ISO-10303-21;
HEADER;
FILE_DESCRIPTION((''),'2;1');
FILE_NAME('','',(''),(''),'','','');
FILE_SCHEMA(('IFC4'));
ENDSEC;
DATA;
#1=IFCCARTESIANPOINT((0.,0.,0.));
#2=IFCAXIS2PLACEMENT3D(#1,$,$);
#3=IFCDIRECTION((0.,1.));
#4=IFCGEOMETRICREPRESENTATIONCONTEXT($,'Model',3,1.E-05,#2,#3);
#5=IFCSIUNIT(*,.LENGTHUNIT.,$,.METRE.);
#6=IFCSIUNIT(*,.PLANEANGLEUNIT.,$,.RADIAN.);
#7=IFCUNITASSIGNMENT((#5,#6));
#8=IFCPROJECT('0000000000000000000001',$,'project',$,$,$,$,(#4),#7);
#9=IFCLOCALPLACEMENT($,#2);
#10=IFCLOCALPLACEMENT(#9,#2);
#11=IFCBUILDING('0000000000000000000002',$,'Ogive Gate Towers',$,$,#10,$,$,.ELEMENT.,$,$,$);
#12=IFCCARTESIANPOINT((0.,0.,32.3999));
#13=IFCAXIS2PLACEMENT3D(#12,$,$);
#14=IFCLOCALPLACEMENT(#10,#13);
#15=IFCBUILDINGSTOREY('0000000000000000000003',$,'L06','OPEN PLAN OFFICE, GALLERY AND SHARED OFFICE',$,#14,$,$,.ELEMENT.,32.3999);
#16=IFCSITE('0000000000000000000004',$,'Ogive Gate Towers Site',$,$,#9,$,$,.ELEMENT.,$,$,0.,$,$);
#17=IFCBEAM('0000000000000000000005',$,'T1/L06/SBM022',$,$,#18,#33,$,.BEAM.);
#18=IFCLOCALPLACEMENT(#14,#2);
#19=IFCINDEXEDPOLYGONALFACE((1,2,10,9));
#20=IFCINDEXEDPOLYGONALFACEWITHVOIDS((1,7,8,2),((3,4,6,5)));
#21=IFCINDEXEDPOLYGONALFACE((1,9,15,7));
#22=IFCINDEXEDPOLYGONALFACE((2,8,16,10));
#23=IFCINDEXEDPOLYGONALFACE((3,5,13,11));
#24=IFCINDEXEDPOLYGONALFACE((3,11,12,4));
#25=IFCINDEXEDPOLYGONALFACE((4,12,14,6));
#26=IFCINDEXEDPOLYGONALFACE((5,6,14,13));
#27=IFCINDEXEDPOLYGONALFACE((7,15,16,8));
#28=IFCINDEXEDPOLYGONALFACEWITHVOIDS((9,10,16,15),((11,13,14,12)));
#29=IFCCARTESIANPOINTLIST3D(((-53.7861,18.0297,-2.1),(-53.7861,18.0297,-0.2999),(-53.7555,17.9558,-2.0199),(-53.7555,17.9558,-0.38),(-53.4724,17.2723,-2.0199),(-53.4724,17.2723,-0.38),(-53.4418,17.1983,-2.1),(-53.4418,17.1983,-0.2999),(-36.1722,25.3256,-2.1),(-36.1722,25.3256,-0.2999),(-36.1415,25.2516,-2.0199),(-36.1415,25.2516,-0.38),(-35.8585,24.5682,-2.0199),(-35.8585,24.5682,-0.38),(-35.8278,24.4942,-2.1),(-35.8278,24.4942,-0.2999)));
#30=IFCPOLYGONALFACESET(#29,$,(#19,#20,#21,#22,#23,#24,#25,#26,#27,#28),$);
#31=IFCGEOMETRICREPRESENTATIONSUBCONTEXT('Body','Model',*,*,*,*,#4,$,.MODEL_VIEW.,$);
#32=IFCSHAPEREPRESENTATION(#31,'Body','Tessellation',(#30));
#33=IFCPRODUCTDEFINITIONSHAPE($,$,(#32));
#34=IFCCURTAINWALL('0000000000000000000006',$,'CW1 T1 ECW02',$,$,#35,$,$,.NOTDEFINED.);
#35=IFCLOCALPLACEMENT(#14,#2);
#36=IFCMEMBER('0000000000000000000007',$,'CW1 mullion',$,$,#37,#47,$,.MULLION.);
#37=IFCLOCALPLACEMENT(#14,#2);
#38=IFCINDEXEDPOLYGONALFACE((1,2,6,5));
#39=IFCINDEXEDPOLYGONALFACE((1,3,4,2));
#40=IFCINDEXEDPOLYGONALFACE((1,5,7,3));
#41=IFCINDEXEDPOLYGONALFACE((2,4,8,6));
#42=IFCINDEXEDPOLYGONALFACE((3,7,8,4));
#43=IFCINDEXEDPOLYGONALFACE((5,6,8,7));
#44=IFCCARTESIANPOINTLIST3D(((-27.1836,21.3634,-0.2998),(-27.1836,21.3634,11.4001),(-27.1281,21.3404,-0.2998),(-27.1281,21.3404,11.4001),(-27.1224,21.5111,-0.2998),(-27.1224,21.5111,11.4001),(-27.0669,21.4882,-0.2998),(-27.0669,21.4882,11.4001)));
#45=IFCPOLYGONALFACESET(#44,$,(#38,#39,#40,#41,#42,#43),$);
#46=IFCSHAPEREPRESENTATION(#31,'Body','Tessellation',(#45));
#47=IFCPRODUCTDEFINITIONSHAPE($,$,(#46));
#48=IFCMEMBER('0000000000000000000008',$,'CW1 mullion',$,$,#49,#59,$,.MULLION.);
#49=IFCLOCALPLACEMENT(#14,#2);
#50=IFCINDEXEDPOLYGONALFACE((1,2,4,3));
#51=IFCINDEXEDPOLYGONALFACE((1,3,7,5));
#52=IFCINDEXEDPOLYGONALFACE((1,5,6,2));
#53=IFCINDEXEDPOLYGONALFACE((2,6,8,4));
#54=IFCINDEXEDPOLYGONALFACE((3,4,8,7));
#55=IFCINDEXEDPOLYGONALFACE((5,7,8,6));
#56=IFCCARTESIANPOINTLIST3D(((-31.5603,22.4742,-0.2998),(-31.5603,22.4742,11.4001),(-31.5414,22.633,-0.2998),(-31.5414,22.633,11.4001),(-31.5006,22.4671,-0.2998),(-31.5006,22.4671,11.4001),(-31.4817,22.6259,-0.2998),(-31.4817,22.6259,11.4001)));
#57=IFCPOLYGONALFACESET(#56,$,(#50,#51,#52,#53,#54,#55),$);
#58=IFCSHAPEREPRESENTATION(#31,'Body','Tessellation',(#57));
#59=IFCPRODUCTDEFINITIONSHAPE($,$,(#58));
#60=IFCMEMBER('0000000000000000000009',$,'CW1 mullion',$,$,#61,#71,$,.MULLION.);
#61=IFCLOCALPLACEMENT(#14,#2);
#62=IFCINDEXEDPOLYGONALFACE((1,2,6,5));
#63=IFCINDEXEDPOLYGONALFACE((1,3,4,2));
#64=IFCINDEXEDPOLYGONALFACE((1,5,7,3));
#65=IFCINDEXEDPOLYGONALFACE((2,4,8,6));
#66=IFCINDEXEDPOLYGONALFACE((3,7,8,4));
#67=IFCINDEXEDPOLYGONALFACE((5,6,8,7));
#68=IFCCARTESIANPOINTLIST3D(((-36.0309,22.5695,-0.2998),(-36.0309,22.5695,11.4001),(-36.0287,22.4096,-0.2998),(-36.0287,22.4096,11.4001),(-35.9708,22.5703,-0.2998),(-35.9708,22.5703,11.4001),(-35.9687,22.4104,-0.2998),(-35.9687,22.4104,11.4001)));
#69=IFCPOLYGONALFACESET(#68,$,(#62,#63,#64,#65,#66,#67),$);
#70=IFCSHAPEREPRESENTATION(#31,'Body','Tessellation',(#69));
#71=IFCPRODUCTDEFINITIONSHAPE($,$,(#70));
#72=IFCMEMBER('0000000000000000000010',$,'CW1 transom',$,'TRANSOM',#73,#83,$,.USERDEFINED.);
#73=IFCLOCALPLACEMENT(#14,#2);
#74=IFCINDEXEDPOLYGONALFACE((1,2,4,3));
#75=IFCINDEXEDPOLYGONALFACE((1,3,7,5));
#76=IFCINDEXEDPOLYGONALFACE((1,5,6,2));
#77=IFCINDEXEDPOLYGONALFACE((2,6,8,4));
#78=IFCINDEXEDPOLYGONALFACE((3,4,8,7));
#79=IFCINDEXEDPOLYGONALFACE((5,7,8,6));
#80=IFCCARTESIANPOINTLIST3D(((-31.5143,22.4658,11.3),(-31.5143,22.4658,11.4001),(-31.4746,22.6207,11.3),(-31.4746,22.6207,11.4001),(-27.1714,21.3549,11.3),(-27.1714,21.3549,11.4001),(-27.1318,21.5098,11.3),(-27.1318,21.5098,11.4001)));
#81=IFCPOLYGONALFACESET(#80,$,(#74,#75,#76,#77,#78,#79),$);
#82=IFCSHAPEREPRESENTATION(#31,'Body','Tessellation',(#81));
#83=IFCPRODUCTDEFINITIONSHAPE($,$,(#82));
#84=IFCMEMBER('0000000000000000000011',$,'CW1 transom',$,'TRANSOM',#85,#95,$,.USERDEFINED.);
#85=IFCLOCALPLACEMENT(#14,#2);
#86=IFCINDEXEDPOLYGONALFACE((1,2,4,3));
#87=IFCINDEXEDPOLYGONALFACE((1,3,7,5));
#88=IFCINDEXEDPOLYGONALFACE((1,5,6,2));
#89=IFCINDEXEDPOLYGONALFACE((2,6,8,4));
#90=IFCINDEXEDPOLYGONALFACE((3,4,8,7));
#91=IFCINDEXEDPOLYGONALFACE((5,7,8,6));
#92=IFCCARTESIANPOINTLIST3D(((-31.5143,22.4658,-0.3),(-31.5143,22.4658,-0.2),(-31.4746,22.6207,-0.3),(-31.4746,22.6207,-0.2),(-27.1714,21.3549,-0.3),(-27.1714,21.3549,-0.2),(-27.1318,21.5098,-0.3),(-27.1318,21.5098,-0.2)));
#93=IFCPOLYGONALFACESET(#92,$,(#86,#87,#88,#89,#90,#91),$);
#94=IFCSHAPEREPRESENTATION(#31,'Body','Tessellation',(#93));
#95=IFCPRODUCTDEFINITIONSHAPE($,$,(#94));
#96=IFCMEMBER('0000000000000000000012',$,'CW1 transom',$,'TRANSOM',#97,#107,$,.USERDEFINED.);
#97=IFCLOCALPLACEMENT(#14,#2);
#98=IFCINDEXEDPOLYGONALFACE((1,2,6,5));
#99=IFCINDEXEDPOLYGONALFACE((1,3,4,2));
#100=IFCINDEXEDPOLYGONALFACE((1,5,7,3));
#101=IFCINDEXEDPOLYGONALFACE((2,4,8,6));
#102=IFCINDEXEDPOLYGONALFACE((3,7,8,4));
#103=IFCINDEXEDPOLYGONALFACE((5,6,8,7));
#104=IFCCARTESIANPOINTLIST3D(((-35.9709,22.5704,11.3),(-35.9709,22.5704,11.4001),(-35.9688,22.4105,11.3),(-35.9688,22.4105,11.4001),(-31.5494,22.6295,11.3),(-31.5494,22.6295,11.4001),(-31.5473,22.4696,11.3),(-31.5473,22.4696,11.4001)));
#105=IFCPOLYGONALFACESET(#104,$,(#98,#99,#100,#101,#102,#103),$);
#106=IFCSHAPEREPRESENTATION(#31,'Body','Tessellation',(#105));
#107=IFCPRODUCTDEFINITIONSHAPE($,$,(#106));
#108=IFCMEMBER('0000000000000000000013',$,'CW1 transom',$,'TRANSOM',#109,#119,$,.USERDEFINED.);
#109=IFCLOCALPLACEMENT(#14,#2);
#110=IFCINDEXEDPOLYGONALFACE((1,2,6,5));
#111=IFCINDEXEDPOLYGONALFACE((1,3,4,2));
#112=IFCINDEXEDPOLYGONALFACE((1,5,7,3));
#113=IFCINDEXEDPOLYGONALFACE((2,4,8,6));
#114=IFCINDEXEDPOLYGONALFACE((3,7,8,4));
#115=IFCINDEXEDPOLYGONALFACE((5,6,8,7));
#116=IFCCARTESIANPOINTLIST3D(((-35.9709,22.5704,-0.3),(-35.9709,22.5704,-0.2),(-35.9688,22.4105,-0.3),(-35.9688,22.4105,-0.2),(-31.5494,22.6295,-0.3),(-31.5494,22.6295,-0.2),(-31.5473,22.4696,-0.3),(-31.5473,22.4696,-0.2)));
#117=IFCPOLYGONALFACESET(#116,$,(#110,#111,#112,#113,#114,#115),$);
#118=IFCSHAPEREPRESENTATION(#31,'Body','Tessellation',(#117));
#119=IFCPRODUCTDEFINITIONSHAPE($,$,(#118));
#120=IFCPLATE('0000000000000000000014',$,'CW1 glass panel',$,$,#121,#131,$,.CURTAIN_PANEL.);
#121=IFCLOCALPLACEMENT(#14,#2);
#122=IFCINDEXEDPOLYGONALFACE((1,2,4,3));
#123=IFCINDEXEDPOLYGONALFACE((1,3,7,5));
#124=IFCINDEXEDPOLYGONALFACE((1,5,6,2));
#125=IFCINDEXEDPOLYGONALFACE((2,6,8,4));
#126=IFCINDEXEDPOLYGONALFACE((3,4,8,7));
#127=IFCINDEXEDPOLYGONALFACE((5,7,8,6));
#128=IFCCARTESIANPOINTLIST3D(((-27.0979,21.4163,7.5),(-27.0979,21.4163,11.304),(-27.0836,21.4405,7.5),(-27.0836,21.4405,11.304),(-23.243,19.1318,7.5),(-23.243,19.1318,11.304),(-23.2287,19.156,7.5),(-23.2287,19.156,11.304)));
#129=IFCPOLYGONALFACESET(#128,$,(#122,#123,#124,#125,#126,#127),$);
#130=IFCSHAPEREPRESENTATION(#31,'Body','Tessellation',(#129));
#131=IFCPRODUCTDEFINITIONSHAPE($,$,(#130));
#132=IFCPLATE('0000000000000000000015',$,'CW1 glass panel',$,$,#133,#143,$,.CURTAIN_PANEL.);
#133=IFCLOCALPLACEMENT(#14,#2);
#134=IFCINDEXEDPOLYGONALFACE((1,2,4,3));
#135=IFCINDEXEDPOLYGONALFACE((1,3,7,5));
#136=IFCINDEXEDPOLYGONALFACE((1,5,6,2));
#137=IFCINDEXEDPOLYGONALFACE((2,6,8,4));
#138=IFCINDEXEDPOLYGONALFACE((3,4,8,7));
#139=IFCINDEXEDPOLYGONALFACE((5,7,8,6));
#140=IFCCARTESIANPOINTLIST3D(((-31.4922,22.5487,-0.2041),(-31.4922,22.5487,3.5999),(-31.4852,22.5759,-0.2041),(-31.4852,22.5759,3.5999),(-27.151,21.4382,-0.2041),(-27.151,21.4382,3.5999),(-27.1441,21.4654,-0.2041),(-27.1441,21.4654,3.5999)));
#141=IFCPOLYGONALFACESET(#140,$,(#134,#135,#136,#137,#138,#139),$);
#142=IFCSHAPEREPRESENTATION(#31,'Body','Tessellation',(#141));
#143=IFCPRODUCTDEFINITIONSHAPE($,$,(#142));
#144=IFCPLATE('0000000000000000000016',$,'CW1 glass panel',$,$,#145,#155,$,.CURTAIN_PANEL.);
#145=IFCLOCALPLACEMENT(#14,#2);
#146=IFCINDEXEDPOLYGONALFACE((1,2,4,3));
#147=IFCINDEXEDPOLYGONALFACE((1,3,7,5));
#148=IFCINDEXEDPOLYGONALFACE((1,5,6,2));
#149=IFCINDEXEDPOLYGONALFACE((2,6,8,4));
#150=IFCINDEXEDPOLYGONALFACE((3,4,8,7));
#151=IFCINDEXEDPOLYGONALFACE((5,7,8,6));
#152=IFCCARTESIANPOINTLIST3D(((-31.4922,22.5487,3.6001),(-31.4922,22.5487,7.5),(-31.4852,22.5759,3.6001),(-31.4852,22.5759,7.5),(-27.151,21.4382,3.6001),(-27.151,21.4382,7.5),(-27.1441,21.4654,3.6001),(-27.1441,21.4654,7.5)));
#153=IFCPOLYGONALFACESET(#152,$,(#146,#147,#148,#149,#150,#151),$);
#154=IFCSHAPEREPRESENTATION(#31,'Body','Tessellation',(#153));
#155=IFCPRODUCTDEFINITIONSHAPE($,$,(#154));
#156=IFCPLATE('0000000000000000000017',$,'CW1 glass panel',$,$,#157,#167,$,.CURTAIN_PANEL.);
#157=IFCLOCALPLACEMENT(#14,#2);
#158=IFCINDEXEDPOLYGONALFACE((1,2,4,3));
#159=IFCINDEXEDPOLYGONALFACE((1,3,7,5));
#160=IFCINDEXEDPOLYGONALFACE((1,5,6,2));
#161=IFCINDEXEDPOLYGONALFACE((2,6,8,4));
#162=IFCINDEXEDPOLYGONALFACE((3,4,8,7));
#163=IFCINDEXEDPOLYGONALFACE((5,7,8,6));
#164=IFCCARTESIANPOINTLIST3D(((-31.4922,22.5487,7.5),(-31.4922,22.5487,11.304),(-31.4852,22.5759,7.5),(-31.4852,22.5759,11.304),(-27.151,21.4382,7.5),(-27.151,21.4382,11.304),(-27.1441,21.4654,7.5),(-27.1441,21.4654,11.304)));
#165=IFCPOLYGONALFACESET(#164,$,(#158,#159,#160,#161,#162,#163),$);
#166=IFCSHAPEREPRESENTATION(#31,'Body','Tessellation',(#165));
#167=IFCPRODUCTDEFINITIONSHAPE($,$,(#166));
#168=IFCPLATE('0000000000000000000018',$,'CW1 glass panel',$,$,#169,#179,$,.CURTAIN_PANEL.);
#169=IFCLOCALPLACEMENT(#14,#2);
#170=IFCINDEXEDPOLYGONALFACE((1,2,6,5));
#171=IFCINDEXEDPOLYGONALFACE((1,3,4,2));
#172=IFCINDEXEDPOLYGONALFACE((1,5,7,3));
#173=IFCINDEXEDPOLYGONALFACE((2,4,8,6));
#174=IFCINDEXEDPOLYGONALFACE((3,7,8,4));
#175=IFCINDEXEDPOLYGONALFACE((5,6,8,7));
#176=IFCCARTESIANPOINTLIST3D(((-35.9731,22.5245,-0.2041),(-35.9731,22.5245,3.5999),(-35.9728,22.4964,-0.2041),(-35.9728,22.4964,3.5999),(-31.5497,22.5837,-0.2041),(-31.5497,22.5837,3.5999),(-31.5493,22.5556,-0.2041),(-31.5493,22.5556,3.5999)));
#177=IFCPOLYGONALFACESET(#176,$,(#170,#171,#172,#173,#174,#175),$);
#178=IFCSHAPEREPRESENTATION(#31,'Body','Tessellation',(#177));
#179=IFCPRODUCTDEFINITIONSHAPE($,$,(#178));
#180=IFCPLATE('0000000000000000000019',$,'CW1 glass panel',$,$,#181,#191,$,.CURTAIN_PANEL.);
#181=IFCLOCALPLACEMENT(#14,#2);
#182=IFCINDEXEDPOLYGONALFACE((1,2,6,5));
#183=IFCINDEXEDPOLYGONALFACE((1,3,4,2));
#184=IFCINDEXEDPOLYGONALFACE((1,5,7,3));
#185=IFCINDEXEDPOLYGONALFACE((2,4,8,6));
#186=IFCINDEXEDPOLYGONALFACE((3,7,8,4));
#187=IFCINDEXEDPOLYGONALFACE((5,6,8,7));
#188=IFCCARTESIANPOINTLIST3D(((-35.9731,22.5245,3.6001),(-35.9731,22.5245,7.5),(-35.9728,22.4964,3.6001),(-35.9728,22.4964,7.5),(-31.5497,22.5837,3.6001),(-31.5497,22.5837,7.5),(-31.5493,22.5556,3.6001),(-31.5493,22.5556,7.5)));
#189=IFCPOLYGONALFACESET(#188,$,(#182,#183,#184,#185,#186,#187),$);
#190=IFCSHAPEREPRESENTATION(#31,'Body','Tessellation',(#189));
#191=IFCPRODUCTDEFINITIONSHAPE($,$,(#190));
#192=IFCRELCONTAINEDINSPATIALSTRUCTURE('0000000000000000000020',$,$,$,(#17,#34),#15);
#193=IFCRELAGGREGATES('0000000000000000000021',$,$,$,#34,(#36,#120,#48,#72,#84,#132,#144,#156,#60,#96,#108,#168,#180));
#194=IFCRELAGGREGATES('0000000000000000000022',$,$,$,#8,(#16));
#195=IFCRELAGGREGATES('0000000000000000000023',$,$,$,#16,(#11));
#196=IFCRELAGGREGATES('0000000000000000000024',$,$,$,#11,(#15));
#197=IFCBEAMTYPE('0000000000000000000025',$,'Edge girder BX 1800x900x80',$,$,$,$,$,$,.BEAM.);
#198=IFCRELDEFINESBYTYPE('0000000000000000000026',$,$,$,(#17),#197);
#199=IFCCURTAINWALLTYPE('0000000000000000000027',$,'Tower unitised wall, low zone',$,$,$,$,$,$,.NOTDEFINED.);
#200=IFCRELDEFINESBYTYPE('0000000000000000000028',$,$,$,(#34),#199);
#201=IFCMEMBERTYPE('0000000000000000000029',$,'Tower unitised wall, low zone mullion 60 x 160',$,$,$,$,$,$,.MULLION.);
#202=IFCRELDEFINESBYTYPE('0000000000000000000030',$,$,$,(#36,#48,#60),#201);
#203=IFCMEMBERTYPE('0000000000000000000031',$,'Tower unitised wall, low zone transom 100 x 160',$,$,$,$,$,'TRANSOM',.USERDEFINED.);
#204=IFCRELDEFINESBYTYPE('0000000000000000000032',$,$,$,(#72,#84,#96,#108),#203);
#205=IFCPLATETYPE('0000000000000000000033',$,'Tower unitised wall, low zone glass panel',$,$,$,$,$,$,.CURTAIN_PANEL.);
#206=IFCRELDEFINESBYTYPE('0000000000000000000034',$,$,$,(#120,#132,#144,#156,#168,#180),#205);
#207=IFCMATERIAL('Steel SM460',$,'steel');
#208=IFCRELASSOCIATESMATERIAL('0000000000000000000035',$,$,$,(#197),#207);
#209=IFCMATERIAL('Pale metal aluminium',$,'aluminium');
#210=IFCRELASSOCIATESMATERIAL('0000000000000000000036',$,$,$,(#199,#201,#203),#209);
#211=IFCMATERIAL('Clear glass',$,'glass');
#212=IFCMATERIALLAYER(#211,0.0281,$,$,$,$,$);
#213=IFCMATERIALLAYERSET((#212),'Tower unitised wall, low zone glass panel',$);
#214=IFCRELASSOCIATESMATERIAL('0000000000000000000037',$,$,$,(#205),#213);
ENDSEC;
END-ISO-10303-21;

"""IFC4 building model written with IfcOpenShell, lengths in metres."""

from ifc_helpers import new_model, si_unit, direction, frame, origin, origin_2d, place, context, subcontext, project, spatial, rectangle, hollow_rectangle, extrude, material, layer, layer_set, material_profile, profile_set, type_object, element, aggregate, save


model = new_model("IFC4")

# Units and contexts
model_context = context("Model", 3, precision=1e-05, world=origin(), true_north=direction((0.0, 1.0)))
body_context = subcontext(model_context, "Body", "Model", "MODEL_VIEW")
ifc_project = project(units=[si_unit("LENGTHUNIT", "METRE"), si_unit("PLANEANGLEUNIT", "RADIAN")], contexts=[model_context])

# Site, building, storey
site_placement = place(None, origin())
site = spatial("IfcSite", under=ifc_project, at=site_placement, Name="Ogive Gate Towers Site", CompositionType="ELEMENT", RefElevation=0.0)
building_placement = place(site_placement, origin())
building = spatial("IfcBuilding", under=site, at=building_placement, Name="Ogive Gate Towers", CompositionType="ELEMENT")
storey_placement = place(building_placement, frame((0.0, 0.0, 32.3999)))
storey = spatial("IfcBuildingStorey", under=building, at=storey_placement, Name="L06", Description="OPEN PLAN OFFICE, GALLERY AND SHARED OFFICE", CompositionType="ELEMENT", Elevation=32.3999)

# Beam
ifc_material_1 = material(Name="Steel SM460", Category="steel")
ifc_material_profile_1 = material_profile(ifc_material_1, hollow_rectangle(XDim=0.8999, YDim=1.8, WallThickness=0.0801, at=origin_2d()), Name="BX 1800x900x80")
ifc_profile_set_1 = profile_set([ifc_material_profile_1], Name="Steel SM460")
beam_type = type_object("IfcBeamType", Name="Edge girder BX 1800x900x80", PredefinedType="BEAM", material=ifc_profile_set_1)
beam_placement = place(storey_placement, frame((-36.0, 24.9099, -1.2), z_axis=(-0.923881, -0.382681, 0.0), x_axis=(0.382681, -0.923881, 0.0)))
element("IfcBeam", 1, at=beam_placement, inside=storey, type_object=beam_type, Name="T1/L06/SBM022", PredefinedType="BEAM", context=body_context, shape_type="SweptSolid", body=[
    extrude(hollow_rectangle(XDim=0.8999, YDim=1.8, WallThickness=0.0801, at=origin_2d()), origin(), (0.0, 0.0, 1.0), 19.0652),
])

# Curtain wall, members, plates
ifc_material_2 = material(Name="Pale metal aluminium", Category="aluminium")
curtain_wall_type = type_object("IfcCurtainWallType", Name="Tower unitised wall, low zone", PredefinedType="NOTDEFINED", material=ifc_material_2)
curtain_wall_placement = place(storey_placement, origin())
curtain_wall = element("IfcCurtainWall", 2, at=curtain_wall_placement, inside=storey, type_object=curtain_wall_type, Name="CW1 T1 ECW02", PredefinedType="NOTDEFINED")
ifc_material_profile_2 = material_profile(ifc_material_2, rectangle(XDim=0.1599, YDim=0.0601, at=origin_2d()), Name="60 x 160 aluminium box")
ifc_profile_set_2 = profile_set([ifc_material_profile_2], Name="Pale metal aluminium")
member_type_1 = type_object("IfcMemberType", Name="Tower unitised wall, low zone mullion 60 x 160", PredefinedType="MULLION", material=ifc_profile_set_2)
member_1_placement = place(storey_placement, frame((-27.1252, 21.4258, -0.2998), z_axis=(0.0, 0.0, 1.0), x_axis=(0.382683, 0.92388, 0.0)))
member_1 = element("IfcMember", 3, at=member_1_placement, type_object=member_type_1, Name="CW1 mullion", PredefinedType="MULLION", context=body_context, shape_type="SweptSolid", body=[
    extrude(rectangle(XDim=0.1599, YDim=0.0601, at=origin_2d()), origin(), (0.0, 0.0, 1.0), 11.7),
])
member_2_placement = place(storey_placement, frame((-31.521, 22.55, -0.2998), z_axis=(0.0, 0.0, 1.0), x_axis=(0.118248, 0.992984, 0.0)))
member_2 = element("IfcMember", 4, at=member_2_placement, type_object=member_type_1, Name="CW1 mullion", PredefinedType="MULLION", context=body_context, shape_type="SweptSolid", body=[
    extrude(rectangle(XDim=0.1599, YDim=0.0601, at=origin_2d()), origin(), (0.0, 0.0, 1.0), 11.7),
])
member_3_placement = place(storey_placement, frame((-35.9998, 22.49, -0.2998), z_axis=(0.0, 0.0, 1.0), x_axis=(-0.013386, 0.99991, 0.0)))
member_3 = element("IfcMember", 5, at=member_3_placement, type_object=member_type_1, Name="CW1 mullion", PredefinedType="MULLION", context=body_context, shape_type="SweptSolid", body=[
    extrude(rectangle(XDim=0.1599, YDim=0.0601, at=origin_2d()), origin(), (0.0, 0.0, 1.0), 11.7),
])
ifc_material_profile_3 = material_profile(ifc_material_2, rectangle(XDim=0.1599, YDim=0.1001, at=origin_2d()), Name="100 x 160 aluminium box")
ifc_profile_set_3 = profile_set([ifc_material_profile_3], Name="Pale metal aluminium")
member_type_2 = type_object("IfcMemberType", Name="Tower unitised wall, low zone transom 100 x 160", ElementType="TRANSOM", PredefinedType="USERDEFINED", material=ifc_profile_set_3)
member_4_placement = place(storey_placement, frame((-27.1516, 21.4324, 11.3501), z_axis=(-0.968808, 0.247812, 0.0), x_axis=(-0.247812, -0.968808, 0.0)))
member_4 = element("IfcMember", 6, at=member_4_placement, type_object=member_type_2, Name="CW1 transom", ObjectType="TRANSOM", PredefinedType="USERDEFINED", context=body_context, shape_type="SweptSolid", body=[
    extrude(rectangle(XDim=0.1599, YDim=0.1001, at=origin_2d()), origin(), (0.0, 0.0, 1.0), 4.4827),
])
member_5_placement = place(storey_placement, frame((-27.1516, 21.4324, -0.25), z_axis=(-0.968808, 0.247812, 0.0), x_axis=(-0.247812, -0.968808, 0.0)))
member_5 = element("IfcMember", 7, at=member_5_placement, type_object=member_type_2, Name="CW1 transom", ObjectType="TRANSOM", PredefinedType="USERDEFINED", context=body_context, shape_type="SweptSolid", body=[
    extrude(rectangle(XDim=0.1599, YDim=0.1001, at=origin_2d()), origin(), (0.0, 0.0, 1.0), 4.4827),
])
member_6_placement = place(storey_placement, frame((-31.5483, 22.5496, 11.3501), z_axis=(-0.999911, -0.013362, 0.0), x_axis=(0.013362, -0.999911, 0.0)))
member_6 = element("IfcMember", 8, at=member_6_placement, type_object=member_type_2, Name="CW1 transom", ObjectType="TRANSOM", PredefinedType="USERDEFINED", context=body_context, shape_type="SweptSolid", body=[
    extrude(rectangle(XDim=0.1599, YDim=0.1001, at=origin_2d()), origin(), (0.0, 0.0, 1.0), 4.4219),
])
member_7_placement = place(storey_placement, frame((-31.5483, 22.5496, -0.25), z_axis=(-0.999911, -0.013362, 0.0), x_axis=(0.013362, -0.999911, 0.0)))
member_7 = element("IfcMember", 9, at=member_7_placement, type_object=member_type_2, Name="CW1 transom", ObjectType="TRANSOM", PredefinedType="USERDEFINED", context=body_context, shape_type="SweptSolid", body=[
    extrude(rectangle(XDim=0.1599, YDim=0.1001, at=origin_2d()), origin(), (0.0, 0.0, 1.0), 4.4219),
])
ifc_material_3 = material(Name="Clear glass", Category="glass")
ifc_layer_1 = layer(ifc_material_3, 0.0281)
ifc_layer_set_1 = layer_set([ifc_layer_1], Name="Tower unitised wall, low zone glass panel")
plate_type = type_object("IfcPlateType", Name="Tower unitised wall, low zone glass panel", PredefinedType="CURTAIN_PANEL", material=ifc_layer_set_1)
plate_1_placement = place(storey_placement, frame((-25.1633, 20.2861, 7.5), z_axis=(0.0, 0.0, 1.0), x_axis=(-0.86028, 0.509822, 0.0)))
plate_1 = element("IfcPlate", 10, at=plate_1_placement, type_object=plate_type, Name="CW1 glass panel", PredefinedType="CURTAIN_PANEL", context=body_context, shape_type="SweptSolid", body=[
    extrude(rectangle(XDim=4.481, YDim=0.0281, at=origin_2d()), origin(), (0.0, 0.0, 1.0), 3.804),
])
plate_2_placement = place(storey_placement, frame((-29.3181, 22.0071, -0.2041), z_axis=(0.0, 0.0, 1.0), x_axis=(-0.968804, 0.247828, 0.0)))
plate_2 = element("IfcPlate", 11, at=plate_2_placement, type_object=plate_type, Name="CW1 glass panel", PredefinedType="CURTAIN_PANEL", context=body_context, shape_type="SweptSolid", body=[
    extrude(rectangle(XDim=4.481, YDim=0.0281, at=origin_2d()), origin(), (0.0, 0.0, 1.0), 3.804),
])
plate_3_placement = place(storey_placement, frame((-29.3181, 22.0071, 3.6001), z_axis=(0.0, 0.0, 1.0), x_axis=(-0.968804, 0.247828, 0.0)))
plate_3 = element("IfcPlate", 12, at=plate_3_placement, type_object=plate_type, Name="CW1 glass panel", PredefinedType="CURTAIN_PANEL", context=body_context, shape_type="SweptSolid", body=[
    extrude(rectangle(XDim=4.481, YDim=0.0281, at=origin_2d()), origin(), (0.0, 0.0, 1.0), 3.8999),
])
plate_4_placement = place(storey_placement, frame((-29.3181, 22.0071, 7.5), z_axis=(0.0, 0.0, 1.0), x_axis=(-0.968804, 0.247828, 0.0)))
plate_4 = element("IfcPlate", 13, at=plate_4_placement, type_object=plate_type, Name="CW1 glass panel", PredefinedType="CURTAIN_PANEL", context=body_context, shape_type="SweptSolid", body=[
    extrude(rectangle(XDim=4.481, YDim=0.0281, at=origin_2d()), origin(), (0.0, 0.0, 1.0), 3.804),
])
plate_5_placement = place(storey_placement, frame((-33.7612, 22.54, -0.2041), z_axis=(0.0, 0.0, 1.0), x_axis=(-0.99991, -0.013386, 0.0)))
plate_5 = element("IfcPlate", 14, at=plate_5_placement, type_object=plate_type, Name="CW1 glass panel", PredefinedType="CURTAIN_PANEL", context=body_context, shape_type="SweptSolid", body=[
    extrude(rectangle(XDim=4.4238, YDim=0.0281, at=origin_2d()), origin(), (0.0, 0.0, 1.0), 3.804),
])
plate_6_placement = place(storey_placement, frame((-33.7612, 22.54, 3.6001), z_axis=(0.0, 0.0, 1.0), x_axis=(-0.99991, -0.013386, 0.0)))
plate_6 = element("IfcPlate", 15, at=plate_6_placement, type_object=plate_type, Name="CW1 glass panel", PredefinedType="CURTAIN_PANEL", context=body_context, shape_type="SweptSolid", body=[
    extrude(rectangle(XDim=4.4238, YDim=0.0281, at=origin_2d()), origin(), (0.0, 0.0, 1.0), 3.8999),
])
aggregate(curtain_wall, [member_1, plate_1, member_2, member_4, member_5, plate_2, plate_3, plate_4, member_3, member_6, member_7, plate_5, plate_6])

save(model, "model.ifc")
